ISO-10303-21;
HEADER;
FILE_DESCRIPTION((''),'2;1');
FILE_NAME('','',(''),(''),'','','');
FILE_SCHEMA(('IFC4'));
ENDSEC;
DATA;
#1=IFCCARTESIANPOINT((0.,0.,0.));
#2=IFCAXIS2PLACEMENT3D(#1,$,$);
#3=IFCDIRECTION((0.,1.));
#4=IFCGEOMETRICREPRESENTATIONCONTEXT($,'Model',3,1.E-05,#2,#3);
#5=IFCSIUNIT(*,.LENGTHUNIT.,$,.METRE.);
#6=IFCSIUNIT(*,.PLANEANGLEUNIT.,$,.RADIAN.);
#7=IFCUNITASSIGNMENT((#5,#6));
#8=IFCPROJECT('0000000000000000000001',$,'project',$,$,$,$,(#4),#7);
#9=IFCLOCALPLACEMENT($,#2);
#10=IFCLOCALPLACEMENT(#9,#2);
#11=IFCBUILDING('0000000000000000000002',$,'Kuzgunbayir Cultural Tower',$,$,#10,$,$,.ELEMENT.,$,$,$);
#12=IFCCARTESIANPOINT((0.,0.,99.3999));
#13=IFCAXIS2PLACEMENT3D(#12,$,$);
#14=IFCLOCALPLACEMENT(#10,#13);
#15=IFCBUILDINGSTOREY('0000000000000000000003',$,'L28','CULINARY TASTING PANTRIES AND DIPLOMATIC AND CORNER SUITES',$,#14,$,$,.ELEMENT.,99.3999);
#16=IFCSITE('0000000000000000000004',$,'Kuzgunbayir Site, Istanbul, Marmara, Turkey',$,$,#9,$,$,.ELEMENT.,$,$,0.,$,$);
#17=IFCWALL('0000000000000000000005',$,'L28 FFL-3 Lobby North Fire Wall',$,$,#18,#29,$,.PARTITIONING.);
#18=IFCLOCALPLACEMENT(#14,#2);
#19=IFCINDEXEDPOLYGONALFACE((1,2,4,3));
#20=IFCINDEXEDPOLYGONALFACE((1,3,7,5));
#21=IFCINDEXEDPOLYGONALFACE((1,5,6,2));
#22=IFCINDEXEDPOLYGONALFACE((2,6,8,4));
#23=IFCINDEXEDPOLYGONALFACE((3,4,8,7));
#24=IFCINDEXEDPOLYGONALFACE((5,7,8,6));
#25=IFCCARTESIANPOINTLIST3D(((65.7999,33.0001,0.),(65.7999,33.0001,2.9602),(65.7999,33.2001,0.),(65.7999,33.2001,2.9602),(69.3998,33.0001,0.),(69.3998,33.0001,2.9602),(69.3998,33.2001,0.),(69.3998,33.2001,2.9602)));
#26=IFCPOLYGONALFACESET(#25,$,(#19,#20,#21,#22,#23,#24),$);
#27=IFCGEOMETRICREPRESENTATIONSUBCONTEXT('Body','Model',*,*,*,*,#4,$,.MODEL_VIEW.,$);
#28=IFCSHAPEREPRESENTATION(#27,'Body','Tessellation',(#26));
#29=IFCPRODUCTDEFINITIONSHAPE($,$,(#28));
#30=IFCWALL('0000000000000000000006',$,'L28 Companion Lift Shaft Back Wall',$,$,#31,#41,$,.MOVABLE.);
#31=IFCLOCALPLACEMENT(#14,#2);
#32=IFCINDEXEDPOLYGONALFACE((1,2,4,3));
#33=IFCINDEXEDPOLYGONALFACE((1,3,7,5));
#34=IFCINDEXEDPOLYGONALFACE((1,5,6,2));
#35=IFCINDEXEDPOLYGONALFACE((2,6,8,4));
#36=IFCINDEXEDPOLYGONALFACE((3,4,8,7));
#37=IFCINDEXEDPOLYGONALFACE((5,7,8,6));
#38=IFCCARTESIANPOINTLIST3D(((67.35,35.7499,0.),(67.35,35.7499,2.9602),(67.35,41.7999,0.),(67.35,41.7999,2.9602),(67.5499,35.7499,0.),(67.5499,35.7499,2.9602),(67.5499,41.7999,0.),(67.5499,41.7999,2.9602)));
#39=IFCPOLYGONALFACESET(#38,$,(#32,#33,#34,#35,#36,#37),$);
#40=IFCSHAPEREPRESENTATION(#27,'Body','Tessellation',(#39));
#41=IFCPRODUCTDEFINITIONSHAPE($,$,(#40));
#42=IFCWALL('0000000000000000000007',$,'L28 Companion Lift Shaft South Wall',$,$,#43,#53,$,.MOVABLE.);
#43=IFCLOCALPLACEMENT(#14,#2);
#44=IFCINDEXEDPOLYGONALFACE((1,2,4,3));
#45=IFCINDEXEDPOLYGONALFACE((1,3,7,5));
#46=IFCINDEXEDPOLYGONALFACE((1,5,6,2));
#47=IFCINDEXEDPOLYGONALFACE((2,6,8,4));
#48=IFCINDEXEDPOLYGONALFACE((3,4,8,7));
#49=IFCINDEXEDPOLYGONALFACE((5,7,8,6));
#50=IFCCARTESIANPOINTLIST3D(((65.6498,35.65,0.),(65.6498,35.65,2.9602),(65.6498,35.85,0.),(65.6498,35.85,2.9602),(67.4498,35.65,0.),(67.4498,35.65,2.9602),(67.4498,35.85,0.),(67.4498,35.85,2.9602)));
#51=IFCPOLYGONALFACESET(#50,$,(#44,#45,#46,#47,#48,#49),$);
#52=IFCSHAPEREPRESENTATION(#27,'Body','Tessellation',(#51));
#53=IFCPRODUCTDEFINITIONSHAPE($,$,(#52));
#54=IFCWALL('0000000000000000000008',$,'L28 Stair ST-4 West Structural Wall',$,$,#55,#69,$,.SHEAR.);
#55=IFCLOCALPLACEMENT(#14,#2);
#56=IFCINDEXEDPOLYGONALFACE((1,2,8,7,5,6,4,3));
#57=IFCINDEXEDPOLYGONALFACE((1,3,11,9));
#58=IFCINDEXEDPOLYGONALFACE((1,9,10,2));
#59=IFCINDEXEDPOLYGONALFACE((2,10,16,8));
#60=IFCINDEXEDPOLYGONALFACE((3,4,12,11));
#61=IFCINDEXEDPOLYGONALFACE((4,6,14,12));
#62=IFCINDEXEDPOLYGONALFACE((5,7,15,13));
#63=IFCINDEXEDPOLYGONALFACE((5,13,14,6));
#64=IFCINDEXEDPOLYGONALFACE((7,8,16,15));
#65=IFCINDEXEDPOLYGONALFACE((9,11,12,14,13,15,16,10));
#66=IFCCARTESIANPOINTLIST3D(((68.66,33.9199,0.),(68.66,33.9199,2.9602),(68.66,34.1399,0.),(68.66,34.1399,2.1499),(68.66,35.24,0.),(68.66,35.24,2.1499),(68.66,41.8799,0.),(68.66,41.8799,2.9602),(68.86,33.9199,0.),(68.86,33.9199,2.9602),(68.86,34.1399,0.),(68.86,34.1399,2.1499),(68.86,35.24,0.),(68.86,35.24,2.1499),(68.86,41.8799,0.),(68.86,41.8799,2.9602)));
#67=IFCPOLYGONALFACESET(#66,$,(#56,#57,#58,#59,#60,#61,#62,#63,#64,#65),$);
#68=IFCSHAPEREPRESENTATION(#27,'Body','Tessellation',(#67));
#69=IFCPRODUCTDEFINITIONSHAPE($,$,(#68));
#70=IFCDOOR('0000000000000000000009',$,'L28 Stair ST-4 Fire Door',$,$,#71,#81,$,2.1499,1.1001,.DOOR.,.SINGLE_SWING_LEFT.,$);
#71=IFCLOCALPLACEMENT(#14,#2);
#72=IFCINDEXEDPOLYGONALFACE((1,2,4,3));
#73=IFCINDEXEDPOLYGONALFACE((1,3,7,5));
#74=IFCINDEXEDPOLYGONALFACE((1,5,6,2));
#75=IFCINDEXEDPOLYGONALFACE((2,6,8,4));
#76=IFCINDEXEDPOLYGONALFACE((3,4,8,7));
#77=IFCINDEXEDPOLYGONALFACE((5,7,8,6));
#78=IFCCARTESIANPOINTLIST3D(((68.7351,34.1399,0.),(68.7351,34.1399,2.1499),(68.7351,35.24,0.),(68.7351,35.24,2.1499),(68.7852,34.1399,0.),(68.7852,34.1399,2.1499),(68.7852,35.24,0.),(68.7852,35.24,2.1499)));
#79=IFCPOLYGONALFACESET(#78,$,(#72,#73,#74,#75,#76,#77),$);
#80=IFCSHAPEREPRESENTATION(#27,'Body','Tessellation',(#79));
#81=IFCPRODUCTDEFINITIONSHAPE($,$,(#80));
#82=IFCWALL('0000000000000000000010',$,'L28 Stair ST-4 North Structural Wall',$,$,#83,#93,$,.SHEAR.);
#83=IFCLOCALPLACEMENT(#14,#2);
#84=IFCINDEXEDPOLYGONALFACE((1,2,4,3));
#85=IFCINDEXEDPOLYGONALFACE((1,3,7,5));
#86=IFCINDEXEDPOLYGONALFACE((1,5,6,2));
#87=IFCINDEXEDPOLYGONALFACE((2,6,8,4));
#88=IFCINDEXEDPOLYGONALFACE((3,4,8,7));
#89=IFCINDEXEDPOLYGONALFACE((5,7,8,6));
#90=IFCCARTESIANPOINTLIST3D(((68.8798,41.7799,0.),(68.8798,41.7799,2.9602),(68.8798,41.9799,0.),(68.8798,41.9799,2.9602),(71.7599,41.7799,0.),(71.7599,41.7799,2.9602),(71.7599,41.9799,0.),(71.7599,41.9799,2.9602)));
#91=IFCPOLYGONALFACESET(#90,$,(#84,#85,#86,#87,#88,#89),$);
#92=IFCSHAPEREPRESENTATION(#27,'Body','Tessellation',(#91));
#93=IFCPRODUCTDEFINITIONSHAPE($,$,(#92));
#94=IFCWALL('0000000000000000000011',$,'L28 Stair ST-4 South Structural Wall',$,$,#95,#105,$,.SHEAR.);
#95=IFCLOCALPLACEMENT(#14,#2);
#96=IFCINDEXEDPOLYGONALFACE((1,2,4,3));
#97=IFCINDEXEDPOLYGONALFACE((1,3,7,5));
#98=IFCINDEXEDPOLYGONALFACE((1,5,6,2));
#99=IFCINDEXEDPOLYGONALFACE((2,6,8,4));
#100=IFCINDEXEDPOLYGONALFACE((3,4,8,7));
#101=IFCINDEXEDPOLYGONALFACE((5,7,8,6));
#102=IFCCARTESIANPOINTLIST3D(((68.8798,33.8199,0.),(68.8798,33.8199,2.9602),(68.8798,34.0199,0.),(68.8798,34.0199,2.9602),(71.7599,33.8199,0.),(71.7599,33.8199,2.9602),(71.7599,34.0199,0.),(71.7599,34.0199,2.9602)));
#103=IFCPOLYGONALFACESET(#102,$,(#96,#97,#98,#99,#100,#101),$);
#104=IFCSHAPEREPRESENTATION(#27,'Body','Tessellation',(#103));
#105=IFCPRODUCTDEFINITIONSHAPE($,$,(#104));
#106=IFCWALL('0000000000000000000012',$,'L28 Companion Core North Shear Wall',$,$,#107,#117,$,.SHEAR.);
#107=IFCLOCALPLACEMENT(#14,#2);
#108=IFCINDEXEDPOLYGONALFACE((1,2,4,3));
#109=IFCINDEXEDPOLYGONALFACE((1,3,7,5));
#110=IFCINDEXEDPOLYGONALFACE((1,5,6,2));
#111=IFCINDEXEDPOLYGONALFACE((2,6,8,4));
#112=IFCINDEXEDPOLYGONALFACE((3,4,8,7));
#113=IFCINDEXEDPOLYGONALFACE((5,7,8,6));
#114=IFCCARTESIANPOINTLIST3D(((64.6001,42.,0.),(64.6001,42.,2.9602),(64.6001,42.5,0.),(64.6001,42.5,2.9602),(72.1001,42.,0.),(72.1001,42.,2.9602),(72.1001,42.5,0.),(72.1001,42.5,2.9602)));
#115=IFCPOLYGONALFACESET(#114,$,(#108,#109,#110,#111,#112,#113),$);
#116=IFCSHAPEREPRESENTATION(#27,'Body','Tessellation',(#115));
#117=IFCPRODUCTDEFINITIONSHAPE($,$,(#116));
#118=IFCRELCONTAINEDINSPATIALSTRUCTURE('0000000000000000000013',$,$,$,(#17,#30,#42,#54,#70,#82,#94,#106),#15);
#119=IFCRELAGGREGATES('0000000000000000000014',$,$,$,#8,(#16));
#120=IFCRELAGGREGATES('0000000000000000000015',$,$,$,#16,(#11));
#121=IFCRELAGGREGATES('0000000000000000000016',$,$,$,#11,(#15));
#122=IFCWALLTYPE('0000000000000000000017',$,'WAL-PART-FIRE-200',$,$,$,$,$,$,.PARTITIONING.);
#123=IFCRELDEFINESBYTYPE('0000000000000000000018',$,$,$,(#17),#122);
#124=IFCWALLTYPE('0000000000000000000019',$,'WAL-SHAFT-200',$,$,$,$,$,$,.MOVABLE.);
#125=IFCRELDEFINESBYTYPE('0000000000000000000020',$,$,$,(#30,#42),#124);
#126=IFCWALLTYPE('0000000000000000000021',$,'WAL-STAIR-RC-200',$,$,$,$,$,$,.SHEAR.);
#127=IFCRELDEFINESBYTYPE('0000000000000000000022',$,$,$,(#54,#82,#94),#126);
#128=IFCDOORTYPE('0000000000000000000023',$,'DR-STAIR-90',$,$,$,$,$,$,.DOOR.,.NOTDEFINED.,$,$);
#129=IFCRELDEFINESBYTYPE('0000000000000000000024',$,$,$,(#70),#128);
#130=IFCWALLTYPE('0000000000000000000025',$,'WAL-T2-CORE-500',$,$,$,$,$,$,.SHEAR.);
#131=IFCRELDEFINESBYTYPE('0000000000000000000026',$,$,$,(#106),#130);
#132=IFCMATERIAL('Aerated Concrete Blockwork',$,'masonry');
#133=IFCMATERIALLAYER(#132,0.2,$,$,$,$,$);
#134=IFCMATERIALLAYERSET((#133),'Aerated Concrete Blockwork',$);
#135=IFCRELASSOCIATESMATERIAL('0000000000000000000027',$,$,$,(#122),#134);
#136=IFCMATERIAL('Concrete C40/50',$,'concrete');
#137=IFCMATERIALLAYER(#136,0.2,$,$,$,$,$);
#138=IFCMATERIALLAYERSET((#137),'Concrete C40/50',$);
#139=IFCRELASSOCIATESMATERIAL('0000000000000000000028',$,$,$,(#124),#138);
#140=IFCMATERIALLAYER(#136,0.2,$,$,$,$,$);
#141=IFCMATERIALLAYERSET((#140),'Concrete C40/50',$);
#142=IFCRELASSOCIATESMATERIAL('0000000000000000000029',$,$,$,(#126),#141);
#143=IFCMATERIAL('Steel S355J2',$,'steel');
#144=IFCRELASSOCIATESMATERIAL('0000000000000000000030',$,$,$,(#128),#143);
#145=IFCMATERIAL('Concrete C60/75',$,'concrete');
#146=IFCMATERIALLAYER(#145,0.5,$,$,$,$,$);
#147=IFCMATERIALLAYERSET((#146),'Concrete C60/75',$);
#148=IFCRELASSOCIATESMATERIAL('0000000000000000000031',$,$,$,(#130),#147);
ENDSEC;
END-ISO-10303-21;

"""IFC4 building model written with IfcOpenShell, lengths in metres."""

from ifc_helpers import new_model, si_unit, direction, frame, frame_2d, origin, place, context, subcontext, project, spatial, rectangle, extrude, material, layer, layer_set, type_object, element, fill, save


model = new_model("IFC4")

# Units and contexts
model_context = context("Model", 3, precision=1e-05, world=origin(), true_north=direction((0.0, 1.0)))
body_context = subcontext(model_context, "Body", "Model", "MODEL_VIEW")
ifc_project = project(units=[si_unit("LENGTHUNIT", "METRE"), si_unit("PLANEANGLEUNIT", "RADIAN")], contexts=[model_context])

# Site, building, storey
site_placement = place(None, origin())
site = spatial("IfcSite", under=ifc_project, at=site_placement, Name="Kuzgunbayir Site, Istanbul, Marmara, Turkey", CompositionType="ELEMENT", RefElevation=0.0)
building_placement = place(site_placement, origin())
building = spatial("IfcBuilding", under=site, at=building_placement, Name="Kuzgunbayir Cultural Tower", CompositionType="ELEMENT")
storey_placement = place(building_placement, frame((0.0, 0.0, 99.3999)))
storey = spatial("IfcBuildingStorey", under=building, at=storey_placement, Name="L28", Description="CULINARY TASTING PANTRIES AND DIPLOMATIC AND CORNER SUITES", CompositionType="ELEMENT", Elevation=99.3999)

# Shared definitions
ifc_material_1 = material(Name="Concrete C60/75", Category="concrete")

# Shared definitions
ifc_material_2 = material(Name="Steel S355J2", Category="steel")

# Wall
ifc_material_3 = material(Name="Aerated Concrete Blockwork", Category="masonry")
ifc_layer_1 = layer(ifc_material_3, 0.2)
ifc_layer_set_1 = layer_set([ifc_layer_1], Name="Aerated Concrete Blockwork")
wall_type_1 = type_object("IfcWallType", Name="WAL-PART-FIRE-200", PredefinedType="PARTITIONING", material=ifc_layer_set_1)
wall_1_placement = place(storey_placement, frame((65.8, 33.1001, 0.0), z_axis=(0.0, 0.0, 1.0), x_axis=(1.0, 0.0, 0.0)))
element("IfcWall", 1, at=wall_1_placement, inside=storey, type_object=wall_type_1, Name="L28 FFL-3 Lobby North Fire Wall", PredefinedType="PARTITIONING", context=body_context, shape_type="SweptSolid", body=[
    extrude(rectangle(XDim=3.5999, YDim=0.2, at=frame_2d((1.7998, 0.0))), origin(), (0.0, 0.0, 1.0), 2.9602),
])

# Shared definitions
ifc_material_4 = material(Name="Concrete C40/50", Category="concrete")
ifc_layer_2 = layer(ifc_material_4, 0.2)
ifc_layer_set_2 = layer_set([ifc_layer_2], Name="Concrete C40/50")
wall_type_2 = type_object("IfcWallType", Name="WAL-SHAFT-200", PredefinedType="MOVABLE", material=ifc_layer_set_2)

# Walls
wall_2_placement = place(storey_placement, frame((67.45, 35.75, 0.0), z_axis=(0.0, 0.0, 1.0), x_axis=(0.0, 1.0, 0.0)))
element("IfcWall", 2, at=wall_2_placement, inside=storey, type_object=wall_type_2, Name="L28 Companion Lift Shaft Back Wall", PredefinedType="MOVABLE", context=body_context, shape_type="SweptSolid", body=[
    extrude(rectangle(XDim=6.05, YDim=0.2, at=frame_2d((3.0249, 0.0))), origin(), (0.0, 0.0, 1.0), 2.9602),
])
wall_3_placement = place(storey_placement, frame((65.6499, 35.75, 0.0), z_axis=(0.0, 0.0, 1.0), x_axis=(1.0, 0.0, 0.0)))
element("IfcWall", 3, at=wall_3_placement, inside=storey, type_object=wall_type_2, Name="L28 Companion Lift Shaft South Wall", PredefinedType="MOVABLE", context=body_context, shape_type="SweptSolid", body=[
    extrude(rectangle(XDim=1.8, YDim=0.2, at=frame_2d((0.8999, 0.0))), origin(), (0.0, 0.0, 1.0), 2.9602),
])

# Wall, opening, door
ifc_layer_3 = layer(ifc_material_4, 0.2)
ifc_layer_set_3 = layer_set([ifc_layer_3], Name="Concrete C40/50")
wall_type_3 = type_object("IfcWallType", Name="WAL-STAIR-RC-200", PredefinedType="SHEAR", material=ifc_layer_set_3)
wall_4_placement = place(storey_placement, frame((68.76, 33.9199, 0.0), z_axis=(0.0, 0.0, 1.0), x_axis=(0.0, 1.0, 0.0)))
wall_4 = element("IfcWall", 4, at=wall_4_placement, inside=storey, type_object=wall_type_3, Name="L28 Stair ST-4 West Structural Wall", PredefinedType="SHEAR", context=body_context, shape_type="SweptSolid", body=[
    extrude(rectangle(XDim=7.96, YDim=0.2, at=frame_2d((3.98, 0.0))), origin(), (0.0, 0.0, 1.0), 2.9602),
])
opening_1_placement = place(wall_4_placement, frame((0.22, 0.0, 0.0)))
opening_1 = element("IfcOpeningElement", 5, at=opening_1_placement, cuts=wall_4, PredefinedType="OPENING", context=body_context, shape_type="SweptSolid", body=[
    extrude(rectangle(XDim=1.1001, YDim=2.1499, at=frame_2d((0.55, 1.075))), frame((0.0, 0.1099, 0.0), z_axis=(0.0, -1.0, 0.0), x_axis=(1.0, 0.0, 0.0)), (0.0, 0.0, 1.0), 0.22),
])
door_type_1 = type_object("IfcDoorType", Name="DR-STAIR-90", OperationType="NOTDEFINED", PredefinedType="DOOR", material=ifc_material_2)
door_1_placement = place(opening_1_placement, origin())
door_1 = element("IfcDoor", 6, at=door_1_placement, inside=storey, type_object=door_type_1, Name="L28 Stair ST-4 Fire Door", OperationType="SINGLE_SWING_LEFT", OverallHeight=2.1499, OverallWidth=1.1001, PredefinedType="DOOR", context=body_context, shape_type="SweptSolid", body=[
    extrude(rectangle(XDim=1.1001, YDim=2.1499, at=frame_2d((0.55, 1.075))), frame((0.0, 0.0249, 0.0), z_axis=(0.0, -1.0, 0.0), x_axis=(1.0, 0.0, 0.0)), (0.0, 0.0, 1.0), 0.05),
])
fill(opening_1, door_1)

# Walls
for number, where, z_axis, x_axis, name in (
    (7, (68.8799, 41.8799, 0.0), (0.0, 0.0, 1.0), (1.0, 0.0, 0.0), "L28 Stair ST-4 North Structural Wall"),
    (8, (68.8799, 33.9199, 0.0), (0.0, 0.0, 1.0), (1.0, 0.0, 0.0), "L28 Stair ST-4 South Structural Wall"),
):
    element("IfcWall", number, at=place(storey_placement, frame(where, z_axis=z_axis, x_axis=x_axis)), inside=storey, type_object=wall_type_3, Name=name, PredefinedType="SHEAR", context=body_context, shape_type="SweptSolid", body=[
        extrude(rectangle(XDim=2.8801, YDim=0.2, at=frame_2d((1.4399, 0.0))), origin(), (0.0, 0.0, 1.0), 2.9602),
    ])
ifc_layer_4 = layer(ifc_material_1, 0.5)
ifc_layer_set_4 = layer_set([ifc_layer_4], Name="Concrete C60/75")
wall_type_4 = type_object("IfcWallType", Name="WAL-T2-CORE-500", PredefinedType="SHEAR", material=ifc_layer_set_4)
wall_5_placement = place(storey_placement, frame((64.6001, 42.25, 0.0), z_axis=(0.0, 0.0, 1.0), x_axis=(1.0, 0.0, 0.0)))
element("IfcWall", 9, at=wall_5_placement, inside=storey, type_object=wall_type_4, Name="L28 Companion Core North Shear Wall", PredefinedType="SHEAR", context=body_context, shape_type="SweptSolid", body=[
    extrude(rectangle(XDim=7.5, YDim=0.5, at=frame_2d((3.75, 0.0))), origin(), (0.0, 0.0, 1.0), 2.9602),
])

save(model, "model.ifc")
